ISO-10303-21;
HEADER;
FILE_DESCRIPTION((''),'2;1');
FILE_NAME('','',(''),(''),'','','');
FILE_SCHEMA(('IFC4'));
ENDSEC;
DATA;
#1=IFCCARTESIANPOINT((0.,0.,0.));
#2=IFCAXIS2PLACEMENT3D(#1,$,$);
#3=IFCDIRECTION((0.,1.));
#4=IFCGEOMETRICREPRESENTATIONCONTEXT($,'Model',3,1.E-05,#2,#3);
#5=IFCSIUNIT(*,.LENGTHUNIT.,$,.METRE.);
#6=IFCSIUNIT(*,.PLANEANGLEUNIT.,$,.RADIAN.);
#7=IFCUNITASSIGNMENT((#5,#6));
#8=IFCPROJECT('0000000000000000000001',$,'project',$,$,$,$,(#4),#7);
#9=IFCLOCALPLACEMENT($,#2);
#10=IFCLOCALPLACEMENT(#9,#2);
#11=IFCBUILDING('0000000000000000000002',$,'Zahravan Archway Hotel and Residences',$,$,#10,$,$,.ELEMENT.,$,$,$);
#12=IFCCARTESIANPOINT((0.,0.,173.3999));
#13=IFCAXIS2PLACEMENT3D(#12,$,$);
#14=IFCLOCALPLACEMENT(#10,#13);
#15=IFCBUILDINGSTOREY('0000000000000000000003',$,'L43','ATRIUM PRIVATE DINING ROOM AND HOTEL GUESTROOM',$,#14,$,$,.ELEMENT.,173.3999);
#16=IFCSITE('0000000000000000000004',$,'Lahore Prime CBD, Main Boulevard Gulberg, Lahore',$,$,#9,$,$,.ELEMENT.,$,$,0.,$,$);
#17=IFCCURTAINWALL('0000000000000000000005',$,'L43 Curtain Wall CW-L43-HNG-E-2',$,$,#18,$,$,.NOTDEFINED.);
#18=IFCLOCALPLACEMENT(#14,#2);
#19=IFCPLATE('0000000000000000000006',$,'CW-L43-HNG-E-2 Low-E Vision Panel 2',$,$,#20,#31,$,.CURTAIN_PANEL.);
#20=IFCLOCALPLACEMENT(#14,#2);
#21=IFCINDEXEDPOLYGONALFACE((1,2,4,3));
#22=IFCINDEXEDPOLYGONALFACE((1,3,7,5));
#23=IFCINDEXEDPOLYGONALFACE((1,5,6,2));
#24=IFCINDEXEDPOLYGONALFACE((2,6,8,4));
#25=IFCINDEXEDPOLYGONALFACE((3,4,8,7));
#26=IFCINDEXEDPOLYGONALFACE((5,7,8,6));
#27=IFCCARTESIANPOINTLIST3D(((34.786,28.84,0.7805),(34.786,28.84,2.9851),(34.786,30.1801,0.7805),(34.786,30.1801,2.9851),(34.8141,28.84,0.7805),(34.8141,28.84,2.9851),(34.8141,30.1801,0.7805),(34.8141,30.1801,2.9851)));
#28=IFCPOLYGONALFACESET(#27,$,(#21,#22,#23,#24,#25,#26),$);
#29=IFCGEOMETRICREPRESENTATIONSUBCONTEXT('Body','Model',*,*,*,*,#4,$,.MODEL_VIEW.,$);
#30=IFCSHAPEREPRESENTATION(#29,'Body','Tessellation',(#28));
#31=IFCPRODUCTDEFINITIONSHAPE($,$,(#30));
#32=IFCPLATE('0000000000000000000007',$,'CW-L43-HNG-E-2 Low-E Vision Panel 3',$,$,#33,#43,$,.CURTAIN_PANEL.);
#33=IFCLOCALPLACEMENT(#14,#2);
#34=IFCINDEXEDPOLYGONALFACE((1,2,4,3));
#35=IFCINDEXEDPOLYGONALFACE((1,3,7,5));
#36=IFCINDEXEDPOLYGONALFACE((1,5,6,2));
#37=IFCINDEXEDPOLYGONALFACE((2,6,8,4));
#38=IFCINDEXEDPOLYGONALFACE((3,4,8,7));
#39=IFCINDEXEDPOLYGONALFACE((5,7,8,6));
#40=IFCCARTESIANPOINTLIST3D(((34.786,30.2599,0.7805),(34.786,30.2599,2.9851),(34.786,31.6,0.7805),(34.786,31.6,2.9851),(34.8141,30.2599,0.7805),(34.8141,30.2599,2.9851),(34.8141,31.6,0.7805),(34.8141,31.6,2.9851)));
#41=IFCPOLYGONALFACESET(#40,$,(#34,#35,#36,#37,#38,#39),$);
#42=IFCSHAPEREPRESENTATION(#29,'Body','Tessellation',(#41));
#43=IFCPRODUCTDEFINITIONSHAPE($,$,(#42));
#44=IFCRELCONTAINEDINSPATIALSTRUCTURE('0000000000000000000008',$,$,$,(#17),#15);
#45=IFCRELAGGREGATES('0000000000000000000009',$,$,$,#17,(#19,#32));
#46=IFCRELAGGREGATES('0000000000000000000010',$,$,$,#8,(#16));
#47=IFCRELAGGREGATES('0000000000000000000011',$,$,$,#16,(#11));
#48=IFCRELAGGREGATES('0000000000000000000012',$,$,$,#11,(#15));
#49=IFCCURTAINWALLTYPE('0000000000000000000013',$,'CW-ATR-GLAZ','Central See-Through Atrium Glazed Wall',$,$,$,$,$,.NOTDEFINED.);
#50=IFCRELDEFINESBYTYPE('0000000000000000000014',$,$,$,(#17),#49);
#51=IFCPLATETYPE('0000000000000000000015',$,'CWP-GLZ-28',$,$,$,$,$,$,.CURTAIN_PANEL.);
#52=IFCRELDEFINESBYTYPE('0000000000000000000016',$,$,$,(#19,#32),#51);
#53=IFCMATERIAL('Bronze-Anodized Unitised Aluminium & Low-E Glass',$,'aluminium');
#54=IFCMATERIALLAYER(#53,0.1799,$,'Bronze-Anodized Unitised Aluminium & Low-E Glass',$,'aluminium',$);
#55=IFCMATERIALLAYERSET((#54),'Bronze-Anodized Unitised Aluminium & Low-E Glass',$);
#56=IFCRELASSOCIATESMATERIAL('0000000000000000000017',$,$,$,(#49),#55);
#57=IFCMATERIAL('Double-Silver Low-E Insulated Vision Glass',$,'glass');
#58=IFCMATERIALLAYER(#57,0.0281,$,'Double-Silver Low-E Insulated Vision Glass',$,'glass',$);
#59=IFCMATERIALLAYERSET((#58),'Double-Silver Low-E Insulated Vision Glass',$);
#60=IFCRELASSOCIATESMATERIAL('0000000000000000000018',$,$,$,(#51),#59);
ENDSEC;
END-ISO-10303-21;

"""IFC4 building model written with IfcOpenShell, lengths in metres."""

from ifc_helpers import new_model, si_unit, direction, frame, origin, origin_2d, place, context, subcontext, project, spatial, rectangle, extrude, source, transform, mapped, material, layer, layer_set, type_object, element, aggregate, save


model = new_model("IFC4")

# Units and contexts
model_context = context("Model", 3, precision=1e-05, world=origin(), true_north=direction((0.0, 1.0)))
body_context = subcontext(model_context, "Body", "Model", "MODEL_VIEW")
ifc_project = project(units=[si_unit("LENGTHUNIT", "METRE"), si_unit("PLANEANGLEUNIT", "RADIAN")], contexts=[model_context])

# Site, building, storey
site_placement = place(None, origin())
site = spatial("IfcSite", under=ifc_project, at=site_placement, Name="Lahore Prime CBD, Main Boulevard Gulberg, Lahore", CompositionType="ELEMENT", RefElevation=0.0)
building_placement = place(site_placement, origin())
building = spatial("IfcBuilding", under=site, at=building_placement, Name="Zahravan Archway Hotel and Residences", CompositionType="ELEMENT")
storey_placement = place(building_placement, frame((0.0, 0.0, 173.3999)))
storey = spatial("IfcBuildingStorey", under=building, at=storey_placement, Name="L43", Description="ATRIUM PRIVATE DINING ROOM AND HOTEL GUESTROOM", CompositionType="ELEMENT", Elevation=173.3999)

# Curtain wall
ifc_material_1 = material(Name="Bronze-Anodized Unitised Aluminium & Low-E Glass", Category="aluminium")
ifc_layer_1 = layer(ifc_material_1, 0.1799, Name="Bronze-Anodized Unitised Aluminium & Low-E Glass", Category="aluminium")
ifc_layer_set_1 = layer_set([ifc_layer_1], Name="Bronze-Anodized Unitised Aluminium & Low-E Glass")
curtain_wall_type = type_object("IfcCurtainWallType", Name="CW-ATR-GLAZ", Description="Central See-Through Atrium Glazed Wall", PredefinedType="NOTDEFINED", material=ifc_layer_set_1)
curtain_wall_1_placement = place(storey_placement, origin())
curtain_wall_1 = element("IfcCurtainWall", 1, at=curtain_wall_1_placement, inside=storey, type_object=curtain_wall_type, Name="L43 Curtain Wall CW-L43-HNG-E-2", PredefinedType="NOTDEFINED")

# Plates
ifc_material_2 = material(Name="Double-Silver Low-E Insulated Vision Glass", Category="glass")
ifc_layer_2 = layer(ifc_material_2, 0.0281, Name="Double-Silver Low-E Insulated Vision Glass", Category="glass")
ifc_layer_set_2 = layer_set([ifc_layer_2], Name="Double-Silver Low-E Insulated Vision Glass")
plate_type_1 = type_object("IfcPlateType", Name="CWP-GLZ-28", PredefinedType="CURTAIN_PANEL", material=ifc_layer_set_2)
shared_shape_1 = source(origin(), body_context, "Body", "SweptSolid", [
    extrude(rectangle(XDim=1.3401, YDim=0.0281, at=origin_2d()), origin(), (0.0, 0.0, 1.0), 2.2046),
])
plate_1_placement = place(storey_placement, frame((34.8, 29.51, 0.7805), z_axis=(0.0, 0.0, 1.0), x_axis=(0.0, 1.0, 0.0)))
plate_1 = element("IfcPlate", 2, at=plate_1_placement, type_object=plate_type_1, Name="CW-L43-HNG-E-2 Low-E Vision Panel 2", PredefinedType="CURTAIN_PANEL", context=body_context, shape_type="MappedRepresentation", body=[
    mapped(shared_shape_1, transform((0.0, 0.0, 0.0), scale=1.0)),
])
plate_2_placement = place(storey_placement, frame((34.8, 30.9299, 0.7805), z_axis=(0.0, 0.0, 1.0), x_axis=(0.0, 1.0, 0.0)))
plate_2 = element("IfcPlate", 3, at=plate_2_placement, type_object=plate_type_1, Name="CW-L43-HNG-E-2 Low-E Vision Panel 3", PredefinedType="CURTAIN_PANEL", context=body_context, shape_type="MappedRepresentation", body=[
    mapped(shared_shape_1, transform((0.0, 0.0, 0.0), scale=1.0)),
])
aggregate(curtain_wall_1, [plate_1, plate_2])

save(model, "model.ifc")
